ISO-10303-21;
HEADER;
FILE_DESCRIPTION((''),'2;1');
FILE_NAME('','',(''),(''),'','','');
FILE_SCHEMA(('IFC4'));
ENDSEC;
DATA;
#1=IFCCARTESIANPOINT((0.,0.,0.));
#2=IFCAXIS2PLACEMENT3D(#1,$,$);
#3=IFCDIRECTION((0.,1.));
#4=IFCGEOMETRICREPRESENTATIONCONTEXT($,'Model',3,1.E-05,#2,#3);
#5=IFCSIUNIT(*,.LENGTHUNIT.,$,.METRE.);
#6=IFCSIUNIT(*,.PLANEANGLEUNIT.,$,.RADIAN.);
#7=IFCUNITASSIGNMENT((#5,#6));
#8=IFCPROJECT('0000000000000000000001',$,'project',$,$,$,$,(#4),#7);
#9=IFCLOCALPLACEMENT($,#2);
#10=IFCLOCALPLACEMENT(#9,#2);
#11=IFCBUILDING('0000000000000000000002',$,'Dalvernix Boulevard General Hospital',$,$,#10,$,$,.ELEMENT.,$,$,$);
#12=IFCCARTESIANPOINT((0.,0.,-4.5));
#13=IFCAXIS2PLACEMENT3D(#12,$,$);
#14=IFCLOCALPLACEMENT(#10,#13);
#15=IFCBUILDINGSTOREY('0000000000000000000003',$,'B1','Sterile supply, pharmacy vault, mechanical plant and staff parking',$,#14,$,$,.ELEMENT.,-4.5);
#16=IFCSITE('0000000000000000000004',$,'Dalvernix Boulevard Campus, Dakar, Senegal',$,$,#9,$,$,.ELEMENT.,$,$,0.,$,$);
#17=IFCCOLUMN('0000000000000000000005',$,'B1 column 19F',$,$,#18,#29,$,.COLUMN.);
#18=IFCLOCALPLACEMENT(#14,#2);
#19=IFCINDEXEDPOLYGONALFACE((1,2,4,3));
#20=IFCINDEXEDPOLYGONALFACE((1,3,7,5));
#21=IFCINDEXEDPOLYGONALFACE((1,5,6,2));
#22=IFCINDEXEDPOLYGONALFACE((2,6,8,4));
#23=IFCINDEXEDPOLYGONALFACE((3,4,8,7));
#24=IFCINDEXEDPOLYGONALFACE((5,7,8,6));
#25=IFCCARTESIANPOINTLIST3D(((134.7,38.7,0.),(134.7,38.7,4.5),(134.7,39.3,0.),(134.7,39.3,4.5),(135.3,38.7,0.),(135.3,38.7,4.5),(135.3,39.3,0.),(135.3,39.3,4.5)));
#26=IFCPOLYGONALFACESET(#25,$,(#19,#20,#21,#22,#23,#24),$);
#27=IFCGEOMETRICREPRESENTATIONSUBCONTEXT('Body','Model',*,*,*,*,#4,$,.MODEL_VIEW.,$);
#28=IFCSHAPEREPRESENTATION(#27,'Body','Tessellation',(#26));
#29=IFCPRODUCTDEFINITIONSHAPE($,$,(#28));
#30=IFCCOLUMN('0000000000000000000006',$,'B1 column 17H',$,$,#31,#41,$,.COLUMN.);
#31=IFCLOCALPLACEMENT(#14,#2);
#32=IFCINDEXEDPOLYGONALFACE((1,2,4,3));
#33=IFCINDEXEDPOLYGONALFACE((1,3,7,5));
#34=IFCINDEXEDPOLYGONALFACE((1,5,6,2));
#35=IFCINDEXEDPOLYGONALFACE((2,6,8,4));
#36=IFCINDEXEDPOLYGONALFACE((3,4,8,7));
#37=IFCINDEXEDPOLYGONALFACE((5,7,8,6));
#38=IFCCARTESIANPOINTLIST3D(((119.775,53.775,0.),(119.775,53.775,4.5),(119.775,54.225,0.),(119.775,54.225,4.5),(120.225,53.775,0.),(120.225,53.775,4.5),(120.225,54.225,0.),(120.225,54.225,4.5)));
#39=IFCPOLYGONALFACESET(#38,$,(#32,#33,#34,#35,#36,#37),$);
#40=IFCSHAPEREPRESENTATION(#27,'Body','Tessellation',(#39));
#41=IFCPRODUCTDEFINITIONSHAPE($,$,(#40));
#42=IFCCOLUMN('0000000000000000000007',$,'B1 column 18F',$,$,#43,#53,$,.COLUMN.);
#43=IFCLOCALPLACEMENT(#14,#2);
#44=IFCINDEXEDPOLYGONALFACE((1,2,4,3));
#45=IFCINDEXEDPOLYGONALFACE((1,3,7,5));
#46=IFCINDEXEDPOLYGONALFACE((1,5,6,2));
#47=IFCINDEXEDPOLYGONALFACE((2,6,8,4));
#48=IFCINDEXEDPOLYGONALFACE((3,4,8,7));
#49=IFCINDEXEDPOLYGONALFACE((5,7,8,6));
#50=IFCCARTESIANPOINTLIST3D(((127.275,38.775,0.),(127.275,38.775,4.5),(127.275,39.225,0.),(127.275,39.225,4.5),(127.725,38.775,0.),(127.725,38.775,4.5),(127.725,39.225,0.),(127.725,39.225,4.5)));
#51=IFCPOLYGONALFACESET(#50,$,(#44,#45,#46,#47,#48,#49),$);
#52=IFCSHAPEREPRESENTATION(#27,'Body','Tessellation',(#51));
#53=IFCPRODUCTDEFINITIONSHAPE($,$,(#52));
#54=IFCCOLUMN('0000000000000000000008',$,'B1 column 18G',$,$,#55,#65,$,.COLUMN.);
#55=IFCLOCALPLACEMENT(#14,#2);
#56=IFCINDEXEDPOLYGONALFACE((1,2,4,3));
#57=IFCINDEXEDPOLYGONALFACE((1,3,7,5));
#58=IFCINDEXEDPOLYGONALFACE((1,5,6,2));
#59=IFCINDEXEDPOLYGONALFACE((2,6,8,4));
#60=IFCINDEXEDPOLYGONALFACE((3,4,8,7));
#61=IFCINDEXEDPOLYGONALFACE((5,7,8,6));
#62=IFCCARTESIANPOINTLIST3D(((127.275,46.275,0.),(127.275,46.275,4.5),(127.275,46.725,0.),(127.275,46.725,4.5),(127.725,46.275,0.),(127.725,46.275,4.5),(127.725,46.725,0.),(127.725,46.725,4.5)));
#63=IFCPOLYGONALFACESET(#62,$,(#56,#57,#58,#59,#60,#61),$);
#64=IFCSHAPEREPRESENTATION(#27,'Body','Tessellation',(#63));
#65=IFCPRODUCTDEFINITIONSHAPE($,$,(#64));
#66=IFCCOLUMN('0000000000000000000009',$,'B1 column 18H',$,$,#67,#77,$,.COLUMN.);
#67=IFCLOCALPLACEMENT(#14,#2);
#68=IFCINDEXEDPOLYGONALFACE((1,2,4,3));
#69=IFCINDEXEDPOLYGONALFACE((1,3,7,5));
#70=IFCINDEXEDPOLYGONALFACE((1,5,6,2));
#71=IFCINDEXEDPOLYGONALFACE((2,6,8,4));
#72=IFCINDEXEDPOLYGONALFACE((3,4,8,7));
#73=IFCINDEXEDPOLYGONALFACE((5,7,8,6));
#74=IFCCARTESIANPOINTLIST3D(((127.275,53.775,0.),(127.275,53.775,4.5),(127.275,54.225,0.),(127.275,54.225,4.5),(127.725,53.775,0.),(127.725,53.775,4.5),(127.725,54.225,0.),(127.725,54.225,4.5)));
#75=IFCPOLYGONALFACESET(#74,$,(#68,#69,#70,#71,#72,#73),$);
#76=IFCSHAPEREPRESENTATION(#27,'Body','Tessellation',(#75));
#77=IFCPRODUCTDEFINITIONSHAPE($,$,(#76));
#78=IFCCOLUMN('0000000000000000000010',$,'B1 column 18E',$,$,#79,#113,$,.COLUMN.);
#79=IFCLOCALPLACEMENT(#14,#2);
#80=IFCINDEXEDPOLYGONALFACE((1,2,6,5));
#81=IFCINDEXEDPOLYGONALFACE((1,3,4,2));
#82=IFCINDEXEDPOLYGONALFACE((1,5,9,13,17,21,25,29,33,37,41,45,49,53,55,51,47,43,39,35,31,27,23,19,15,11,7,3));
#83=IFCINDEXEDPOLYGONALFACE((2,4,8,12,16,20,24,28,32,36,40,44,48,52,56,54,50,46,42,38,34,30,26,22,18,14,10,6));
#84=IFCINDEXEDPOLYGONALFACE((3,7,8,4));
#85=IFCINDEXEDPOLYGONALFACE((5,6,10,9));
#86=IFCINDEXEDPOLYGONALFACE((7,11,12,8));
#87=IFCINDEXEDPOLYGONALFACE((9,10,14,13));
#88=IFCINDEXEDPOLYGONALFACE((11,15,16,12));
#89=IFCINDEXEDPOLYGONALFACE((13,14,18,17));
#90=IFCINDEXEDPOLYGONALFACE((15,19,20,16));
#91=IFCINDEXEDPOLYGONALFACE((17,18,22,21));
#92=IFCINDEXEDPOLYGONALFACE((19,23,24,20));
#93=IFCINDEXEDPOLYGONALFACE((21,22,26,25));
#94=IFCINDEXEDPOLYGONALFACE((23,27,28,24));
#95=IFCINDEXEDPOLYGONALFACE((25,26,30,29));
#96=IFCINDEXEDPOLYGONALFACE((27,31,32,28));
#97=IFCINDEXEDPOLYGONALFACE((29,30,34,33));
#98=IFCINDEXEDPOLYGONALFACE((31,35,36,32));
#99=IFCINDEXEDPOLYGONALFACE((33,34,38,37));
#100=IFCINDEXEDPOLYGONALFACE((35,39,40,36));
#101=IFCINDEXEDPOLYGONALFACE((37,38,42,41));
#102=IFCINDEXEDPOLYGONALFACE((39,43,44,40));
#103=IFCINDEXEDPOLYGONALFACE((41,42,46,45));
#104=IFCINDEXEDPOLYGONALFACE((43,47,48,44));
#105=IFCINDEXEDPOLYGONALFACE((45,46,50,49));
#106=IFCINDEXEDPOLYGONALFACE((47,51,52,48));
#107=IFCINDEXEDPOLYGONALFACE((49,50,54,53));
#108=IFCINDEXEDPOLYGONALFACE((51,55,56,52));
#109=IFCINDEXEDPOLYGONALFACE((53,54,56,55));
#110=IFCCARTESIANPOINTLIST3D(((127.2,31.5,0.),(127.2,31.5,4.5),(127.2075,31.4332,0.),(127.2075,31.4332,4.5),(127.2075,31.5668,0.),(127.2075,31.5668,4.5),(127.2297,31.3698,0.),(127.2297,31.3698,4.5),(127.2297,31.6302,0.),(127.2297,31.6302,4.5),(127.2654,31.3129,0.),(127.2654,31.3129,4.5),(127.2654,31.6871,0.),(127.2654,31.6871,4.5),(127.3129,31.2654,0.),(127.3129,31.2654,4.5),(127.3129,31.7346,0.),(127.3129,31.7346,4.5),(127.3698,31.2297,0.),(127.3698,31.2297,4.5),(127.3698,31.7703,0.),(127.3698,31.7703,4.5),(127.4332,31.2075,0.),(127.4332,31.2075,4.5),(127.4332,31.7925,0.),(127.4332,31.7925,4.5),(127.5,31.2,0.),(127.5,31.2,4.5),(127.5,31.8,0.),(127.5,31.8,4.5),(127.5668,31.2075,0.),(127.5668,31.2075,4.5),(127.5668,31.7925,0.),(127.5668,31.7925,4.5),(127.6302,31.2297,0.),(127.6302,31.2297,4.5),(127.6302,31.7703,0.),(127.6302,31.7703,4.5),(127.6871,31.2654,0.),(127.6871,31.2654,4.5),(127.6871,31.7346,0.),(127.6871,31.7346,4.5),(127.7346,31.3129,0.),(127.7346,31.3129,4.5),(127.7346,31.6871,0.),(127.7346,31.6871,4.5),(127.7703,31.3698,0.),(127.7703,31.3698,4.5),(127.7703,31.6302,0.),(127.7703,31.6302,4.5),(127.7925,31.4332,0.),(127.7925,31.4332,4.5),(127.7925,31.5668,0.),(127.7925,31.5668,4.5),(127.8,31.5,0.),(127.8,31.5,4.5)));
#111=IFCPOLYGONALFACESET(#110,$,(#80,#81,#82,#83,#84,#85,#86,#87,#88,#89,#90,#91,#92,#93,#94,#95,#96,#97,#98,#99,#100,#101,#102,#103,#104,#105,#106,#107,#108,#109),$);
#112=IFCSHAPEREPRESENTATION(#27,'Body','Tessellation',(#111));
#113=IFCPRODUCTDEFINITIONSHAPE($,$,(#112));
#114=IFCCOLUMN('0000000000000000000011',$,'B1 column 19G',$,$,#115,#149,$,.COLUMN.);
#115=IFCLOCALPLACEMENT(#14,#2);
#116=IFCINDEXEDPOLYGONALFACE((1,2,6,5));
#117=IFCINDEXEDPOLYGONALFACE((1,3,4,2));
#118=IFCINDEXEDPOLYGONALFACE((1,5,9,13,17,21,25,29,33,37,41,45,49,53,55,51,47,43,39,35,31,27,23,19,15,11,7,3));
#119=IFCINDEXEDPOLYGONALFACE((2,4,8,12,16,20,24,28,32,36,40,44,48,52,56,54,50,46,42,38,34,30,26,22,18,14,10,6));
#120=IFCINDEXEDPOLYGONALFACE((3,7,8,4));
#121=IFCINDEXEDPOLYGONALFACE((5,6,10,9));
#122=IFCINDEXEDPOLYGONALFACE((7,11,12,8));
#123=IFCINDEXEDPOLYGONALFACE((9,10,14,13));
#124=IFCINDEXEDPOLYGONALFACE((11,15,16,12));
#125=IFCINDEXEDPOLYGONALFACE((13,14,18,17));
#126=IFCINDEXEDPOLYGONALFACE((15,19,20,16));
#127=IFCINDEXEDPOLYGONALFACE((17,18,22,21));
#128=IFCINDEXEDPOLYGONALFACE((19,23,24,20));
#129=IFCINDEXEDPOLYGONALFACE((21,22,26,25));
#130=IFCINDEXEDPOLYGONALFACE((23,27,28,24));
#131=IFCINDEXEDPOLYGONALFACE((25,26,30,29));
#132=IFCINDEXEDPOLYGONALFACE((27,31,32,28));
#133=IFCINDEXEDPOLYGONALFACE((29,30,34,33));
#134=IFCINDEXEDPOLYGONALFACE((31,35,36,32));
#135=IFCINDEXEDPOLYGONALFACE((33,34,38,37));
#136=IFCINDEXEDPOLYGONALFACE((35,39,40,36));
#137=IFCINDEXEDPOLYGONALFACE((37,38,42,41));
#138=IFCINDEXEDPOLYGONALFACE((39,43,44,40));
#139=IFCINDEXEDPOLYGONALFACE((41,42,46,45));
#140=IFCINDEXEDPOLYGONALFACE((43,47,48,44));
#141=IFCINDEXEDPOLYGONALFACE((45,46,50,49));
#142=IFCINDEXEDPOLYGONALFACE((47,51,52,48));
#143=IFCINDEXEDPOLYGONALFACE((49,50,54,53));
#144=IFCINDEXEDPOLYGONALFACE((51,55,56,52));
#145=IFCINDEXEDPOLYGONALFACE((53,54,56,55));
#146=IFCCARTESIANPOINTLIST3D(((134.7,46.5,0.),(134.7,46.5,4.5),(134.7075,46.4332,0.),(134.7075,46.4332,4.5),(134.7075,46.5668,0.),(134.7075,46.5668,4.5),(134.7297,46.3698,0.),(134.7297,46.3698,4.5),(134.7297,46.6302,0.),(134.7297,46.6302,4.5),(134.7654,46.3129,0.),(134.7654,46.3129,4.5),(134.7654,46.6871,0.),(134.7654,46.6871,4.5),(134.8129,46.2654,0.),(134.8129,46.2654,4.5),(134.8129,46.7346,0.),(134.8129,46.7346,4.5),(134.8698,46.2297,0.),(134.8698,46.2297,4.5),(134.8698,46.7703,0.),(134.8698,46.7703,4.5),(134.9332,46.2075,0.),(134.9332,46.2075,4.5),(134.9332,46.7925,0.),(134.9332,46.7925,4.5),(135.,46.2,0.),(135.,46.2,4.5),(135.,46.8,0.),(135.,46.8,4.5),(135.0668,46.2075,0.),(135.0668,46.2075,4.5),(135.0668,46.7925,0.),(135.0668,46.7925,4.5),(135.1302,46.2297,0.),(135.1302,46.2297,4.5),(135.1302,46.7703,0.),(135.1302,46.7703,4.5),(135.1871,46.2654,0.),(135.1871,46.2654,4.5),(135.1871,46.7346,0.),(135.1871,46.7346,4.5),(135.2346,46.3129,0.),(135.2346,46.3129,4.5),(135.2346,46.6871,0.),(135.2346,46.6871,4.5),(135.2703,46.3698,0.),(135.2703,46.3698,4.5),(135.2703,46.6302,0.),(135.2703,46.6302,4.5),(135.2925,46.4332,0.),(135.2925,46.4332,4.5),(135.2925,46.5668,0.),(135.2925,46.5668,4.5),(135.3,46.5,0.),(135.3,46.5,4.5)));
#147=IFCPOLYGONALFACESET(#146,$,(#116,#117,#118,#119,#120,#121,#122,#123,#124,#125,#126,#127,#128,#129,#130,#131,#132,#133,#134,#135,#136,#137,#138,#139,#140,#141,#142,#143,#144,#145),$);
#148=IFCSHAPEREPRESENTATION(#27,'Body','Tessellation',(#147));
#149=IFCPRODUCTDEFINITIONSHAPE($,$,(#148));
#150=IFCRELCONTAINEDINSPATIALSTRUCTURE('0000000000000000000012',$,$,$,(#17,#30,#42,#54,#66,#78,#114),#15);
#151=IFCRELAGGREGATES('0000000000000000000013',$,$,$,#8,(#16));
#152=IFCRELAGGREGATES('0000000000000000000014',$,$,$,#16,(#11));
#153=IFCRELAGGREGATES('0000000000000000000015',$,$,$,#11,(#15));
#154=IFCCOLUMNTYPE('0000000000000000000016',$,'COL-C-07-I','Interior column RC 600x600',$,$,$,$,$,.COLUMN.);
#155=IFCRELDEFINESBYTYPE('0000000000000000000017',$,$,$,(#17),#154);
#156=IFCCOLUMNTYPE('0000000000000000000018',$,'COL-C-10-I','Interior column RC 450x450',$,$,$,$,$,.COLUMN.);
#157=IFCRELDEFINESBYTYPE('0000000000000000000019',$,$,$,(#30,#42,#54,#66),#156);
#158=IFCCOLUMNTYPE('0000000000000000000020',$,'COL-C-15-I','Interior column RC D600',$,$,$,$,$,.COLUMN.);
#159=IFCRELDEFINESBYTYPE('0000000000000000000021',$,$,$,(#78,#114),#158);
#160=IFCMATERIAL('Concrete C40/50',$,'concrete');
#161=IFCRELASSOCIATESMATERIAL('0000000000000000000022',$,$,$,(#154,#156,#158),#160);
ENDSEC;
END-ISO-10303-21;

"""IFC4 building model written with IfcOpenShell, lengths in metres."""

from ifc_helpers import new_model, si_unit, direction, frame, origin, origin_2d, place, context, subcontext, project, spatial, rectangle, circle, extrude, material, material_profile, profile_set, type_object, element, save


model = new_model("IFC4")

# Units and contexts
model_context = context("Model", 3, precision=1e-05, world=origin(), true_north=direction((0.0, 1.0)))
body_context = subcontext(model_context, "Body", "Model", "MODEL_VIEW")
ifc_project = project(units=[si_unit("LENGTHUNIT", "METRE"), si_unit("PLANEANGLEUNIT", "RADIAN")], contexts=[model_context])

# Site, building, storey
site_placement = place(None, origin())
site = spatial("IfcSite", under=ifc_project, at=site_placement, Name="Dalvernix Boulevard Campus, Dakar, Senegal", CompositionType="ELEMENT", RefElevation=0.0)
building_placement = place(site_placement, origin())
building = spatial("IfcBuilding", under=site, at=building_placement, Name="Dalvernix Boulevard General Hospital", CompositionType="ELEMENT")
storey_placement = place(building_placement, frame((0.0, 0.0, -4.5)))
storey = spatial("IfcBuildingStorey", under=building, at=storey_placement, Name="B1", Description="Sterile supply, pharmacy vault, mechanical plant and staff parking", CompositionType="ELEMENT", Elevation=-4.5)

# Shared definitions
ifc_material_1 = material(Name="Concrete C40/50", Category="concrete")

# Columns
ifc_material_profile_1 = material_profile(ifc_material_1, rectangle(XDim=0.6001, YDim=0.6001, at=origin_2d()), Name="RC 600x600")
ifc_profile_set_1 = profile_set([ifc_material_profile_1], Name="Concrete C40/50")
column_type_1 = type_object("IfcColumnType", Name="COL-C-07-I", Description="Interior column RC 600x600", PredefinedType="COLUMN", material=ifc_profile_set_1)
for number, where, z_axis, x_axis, name in (
    (1, (135.0, 39.0, 0.0), (0.0, 0.0, 1.0), (1.0, 0.0, 0.0), "B1 column 19F"),
):
    element("IfcColumn", number, at=place(storey_placement, frame(where, z_axis=z_axis, x_axis=x_axis)), inside=storey, type_object=column_type_1, Name=name, PredefinedType="COLUMN", context=body_context, shape_type="SweptSolid", body=[
        extrude(rectangle(XDim=0.6001, YDim=0.6001, at=origin_2d()), origin(), (0.0, 0.0, 1.0), 4.5),
    ])
ifc_material_profile_2 = material_profile(ifc_material_1, rectangle(XDim=0.45, YDim=0.45, at=origin_2d()), Name="RC 450x450")
ifc_profile_set_2 = profile_set([ifc_material_profile_2], Name="Concrete C40/50")
column_type_2 = type_object("IfcColumnType", Name="COL-C-10-I", Description="Interior column RC 450x450", PredefinedType="COLUMN", material=ifc_profile_set_2)
for number, where, z_axis, x_axis, name in (
    (2, (120.0, 54.0, 0.0), (0.0, 0.0, 1.0), (1.0, 0.0, 0.0), "B1 column 17H"),
    (3, (127.5, 39.0, 0.0), (0.0, 0.0, 1.0), (1.0, 0.0, 0.0), "B1 column 18F"),
    (4, (127.5, 46.5, 0.0), (0.0, 0.0, 1.0), (1.0, 0.0, 0.0), "B1 column 18G"),
    (5, (127.5, 54.0, 0.0), (0.0, 0.0, 1.0), (1.0, 0.0, 0.0), "B1 column 18H"),
):
    element("IfcColumn", number, at=place(storey_placement, frame(where, z_axis=z_axis, x_axis=x_axis)), inside=storey, type_object=column_type_2, Name=name, PredefinedType="COLUMN", context=body_context, shape_type="SweptSolid", body=[
        extrude(rectangle(XDim=0.45, YDim=0.45, at=origin_2d()), origin(), (0.0, 0.0, 1.0), 4.5),
    ])
ifc_material_profile_3 = material_profile(ifc_material_1, circle(Radius=0.3, at=origin_2d()), Name="RC D600")
ifc_profile_set_3 = profile_set([ifc_material_profile_3], Name="Concrete C40/50")
column_type_3 = type_object("IfcColumnType", Name="COL-C-15-I", Description="Interior column RC D600", PredefinedType="COLUMN", material=ifc_profile_set_3)
for number, where, z_axis, x_axis, name in (
    (6, (127.5, 31.5, 0.0), (0.0, 0.0, 1.0), (1.0, 0.0, 0.0), "B1 column 18E"),
    (7, (135.0, 46.5, 0.0), (0.0, 0.0, 1.0), (1.0, 0.0, 0.0), "B1 column 19G"),
):
    element("IfcColumn", number, at=place(storey_placement, frame(where, z_axis=z_axis, x_axis=x_axis)), inside=storey, type_object=column_type_3, Name=name, PredefinedType="COLUMN", context=body_context, shape_type="SweptSolid", body=[
        extrude(circle(Radius=0.3, at=origin_2d()), origin(), (0.0, 0.0, 1.0), 4.5),
    ])

save(model, "model.ifc")
